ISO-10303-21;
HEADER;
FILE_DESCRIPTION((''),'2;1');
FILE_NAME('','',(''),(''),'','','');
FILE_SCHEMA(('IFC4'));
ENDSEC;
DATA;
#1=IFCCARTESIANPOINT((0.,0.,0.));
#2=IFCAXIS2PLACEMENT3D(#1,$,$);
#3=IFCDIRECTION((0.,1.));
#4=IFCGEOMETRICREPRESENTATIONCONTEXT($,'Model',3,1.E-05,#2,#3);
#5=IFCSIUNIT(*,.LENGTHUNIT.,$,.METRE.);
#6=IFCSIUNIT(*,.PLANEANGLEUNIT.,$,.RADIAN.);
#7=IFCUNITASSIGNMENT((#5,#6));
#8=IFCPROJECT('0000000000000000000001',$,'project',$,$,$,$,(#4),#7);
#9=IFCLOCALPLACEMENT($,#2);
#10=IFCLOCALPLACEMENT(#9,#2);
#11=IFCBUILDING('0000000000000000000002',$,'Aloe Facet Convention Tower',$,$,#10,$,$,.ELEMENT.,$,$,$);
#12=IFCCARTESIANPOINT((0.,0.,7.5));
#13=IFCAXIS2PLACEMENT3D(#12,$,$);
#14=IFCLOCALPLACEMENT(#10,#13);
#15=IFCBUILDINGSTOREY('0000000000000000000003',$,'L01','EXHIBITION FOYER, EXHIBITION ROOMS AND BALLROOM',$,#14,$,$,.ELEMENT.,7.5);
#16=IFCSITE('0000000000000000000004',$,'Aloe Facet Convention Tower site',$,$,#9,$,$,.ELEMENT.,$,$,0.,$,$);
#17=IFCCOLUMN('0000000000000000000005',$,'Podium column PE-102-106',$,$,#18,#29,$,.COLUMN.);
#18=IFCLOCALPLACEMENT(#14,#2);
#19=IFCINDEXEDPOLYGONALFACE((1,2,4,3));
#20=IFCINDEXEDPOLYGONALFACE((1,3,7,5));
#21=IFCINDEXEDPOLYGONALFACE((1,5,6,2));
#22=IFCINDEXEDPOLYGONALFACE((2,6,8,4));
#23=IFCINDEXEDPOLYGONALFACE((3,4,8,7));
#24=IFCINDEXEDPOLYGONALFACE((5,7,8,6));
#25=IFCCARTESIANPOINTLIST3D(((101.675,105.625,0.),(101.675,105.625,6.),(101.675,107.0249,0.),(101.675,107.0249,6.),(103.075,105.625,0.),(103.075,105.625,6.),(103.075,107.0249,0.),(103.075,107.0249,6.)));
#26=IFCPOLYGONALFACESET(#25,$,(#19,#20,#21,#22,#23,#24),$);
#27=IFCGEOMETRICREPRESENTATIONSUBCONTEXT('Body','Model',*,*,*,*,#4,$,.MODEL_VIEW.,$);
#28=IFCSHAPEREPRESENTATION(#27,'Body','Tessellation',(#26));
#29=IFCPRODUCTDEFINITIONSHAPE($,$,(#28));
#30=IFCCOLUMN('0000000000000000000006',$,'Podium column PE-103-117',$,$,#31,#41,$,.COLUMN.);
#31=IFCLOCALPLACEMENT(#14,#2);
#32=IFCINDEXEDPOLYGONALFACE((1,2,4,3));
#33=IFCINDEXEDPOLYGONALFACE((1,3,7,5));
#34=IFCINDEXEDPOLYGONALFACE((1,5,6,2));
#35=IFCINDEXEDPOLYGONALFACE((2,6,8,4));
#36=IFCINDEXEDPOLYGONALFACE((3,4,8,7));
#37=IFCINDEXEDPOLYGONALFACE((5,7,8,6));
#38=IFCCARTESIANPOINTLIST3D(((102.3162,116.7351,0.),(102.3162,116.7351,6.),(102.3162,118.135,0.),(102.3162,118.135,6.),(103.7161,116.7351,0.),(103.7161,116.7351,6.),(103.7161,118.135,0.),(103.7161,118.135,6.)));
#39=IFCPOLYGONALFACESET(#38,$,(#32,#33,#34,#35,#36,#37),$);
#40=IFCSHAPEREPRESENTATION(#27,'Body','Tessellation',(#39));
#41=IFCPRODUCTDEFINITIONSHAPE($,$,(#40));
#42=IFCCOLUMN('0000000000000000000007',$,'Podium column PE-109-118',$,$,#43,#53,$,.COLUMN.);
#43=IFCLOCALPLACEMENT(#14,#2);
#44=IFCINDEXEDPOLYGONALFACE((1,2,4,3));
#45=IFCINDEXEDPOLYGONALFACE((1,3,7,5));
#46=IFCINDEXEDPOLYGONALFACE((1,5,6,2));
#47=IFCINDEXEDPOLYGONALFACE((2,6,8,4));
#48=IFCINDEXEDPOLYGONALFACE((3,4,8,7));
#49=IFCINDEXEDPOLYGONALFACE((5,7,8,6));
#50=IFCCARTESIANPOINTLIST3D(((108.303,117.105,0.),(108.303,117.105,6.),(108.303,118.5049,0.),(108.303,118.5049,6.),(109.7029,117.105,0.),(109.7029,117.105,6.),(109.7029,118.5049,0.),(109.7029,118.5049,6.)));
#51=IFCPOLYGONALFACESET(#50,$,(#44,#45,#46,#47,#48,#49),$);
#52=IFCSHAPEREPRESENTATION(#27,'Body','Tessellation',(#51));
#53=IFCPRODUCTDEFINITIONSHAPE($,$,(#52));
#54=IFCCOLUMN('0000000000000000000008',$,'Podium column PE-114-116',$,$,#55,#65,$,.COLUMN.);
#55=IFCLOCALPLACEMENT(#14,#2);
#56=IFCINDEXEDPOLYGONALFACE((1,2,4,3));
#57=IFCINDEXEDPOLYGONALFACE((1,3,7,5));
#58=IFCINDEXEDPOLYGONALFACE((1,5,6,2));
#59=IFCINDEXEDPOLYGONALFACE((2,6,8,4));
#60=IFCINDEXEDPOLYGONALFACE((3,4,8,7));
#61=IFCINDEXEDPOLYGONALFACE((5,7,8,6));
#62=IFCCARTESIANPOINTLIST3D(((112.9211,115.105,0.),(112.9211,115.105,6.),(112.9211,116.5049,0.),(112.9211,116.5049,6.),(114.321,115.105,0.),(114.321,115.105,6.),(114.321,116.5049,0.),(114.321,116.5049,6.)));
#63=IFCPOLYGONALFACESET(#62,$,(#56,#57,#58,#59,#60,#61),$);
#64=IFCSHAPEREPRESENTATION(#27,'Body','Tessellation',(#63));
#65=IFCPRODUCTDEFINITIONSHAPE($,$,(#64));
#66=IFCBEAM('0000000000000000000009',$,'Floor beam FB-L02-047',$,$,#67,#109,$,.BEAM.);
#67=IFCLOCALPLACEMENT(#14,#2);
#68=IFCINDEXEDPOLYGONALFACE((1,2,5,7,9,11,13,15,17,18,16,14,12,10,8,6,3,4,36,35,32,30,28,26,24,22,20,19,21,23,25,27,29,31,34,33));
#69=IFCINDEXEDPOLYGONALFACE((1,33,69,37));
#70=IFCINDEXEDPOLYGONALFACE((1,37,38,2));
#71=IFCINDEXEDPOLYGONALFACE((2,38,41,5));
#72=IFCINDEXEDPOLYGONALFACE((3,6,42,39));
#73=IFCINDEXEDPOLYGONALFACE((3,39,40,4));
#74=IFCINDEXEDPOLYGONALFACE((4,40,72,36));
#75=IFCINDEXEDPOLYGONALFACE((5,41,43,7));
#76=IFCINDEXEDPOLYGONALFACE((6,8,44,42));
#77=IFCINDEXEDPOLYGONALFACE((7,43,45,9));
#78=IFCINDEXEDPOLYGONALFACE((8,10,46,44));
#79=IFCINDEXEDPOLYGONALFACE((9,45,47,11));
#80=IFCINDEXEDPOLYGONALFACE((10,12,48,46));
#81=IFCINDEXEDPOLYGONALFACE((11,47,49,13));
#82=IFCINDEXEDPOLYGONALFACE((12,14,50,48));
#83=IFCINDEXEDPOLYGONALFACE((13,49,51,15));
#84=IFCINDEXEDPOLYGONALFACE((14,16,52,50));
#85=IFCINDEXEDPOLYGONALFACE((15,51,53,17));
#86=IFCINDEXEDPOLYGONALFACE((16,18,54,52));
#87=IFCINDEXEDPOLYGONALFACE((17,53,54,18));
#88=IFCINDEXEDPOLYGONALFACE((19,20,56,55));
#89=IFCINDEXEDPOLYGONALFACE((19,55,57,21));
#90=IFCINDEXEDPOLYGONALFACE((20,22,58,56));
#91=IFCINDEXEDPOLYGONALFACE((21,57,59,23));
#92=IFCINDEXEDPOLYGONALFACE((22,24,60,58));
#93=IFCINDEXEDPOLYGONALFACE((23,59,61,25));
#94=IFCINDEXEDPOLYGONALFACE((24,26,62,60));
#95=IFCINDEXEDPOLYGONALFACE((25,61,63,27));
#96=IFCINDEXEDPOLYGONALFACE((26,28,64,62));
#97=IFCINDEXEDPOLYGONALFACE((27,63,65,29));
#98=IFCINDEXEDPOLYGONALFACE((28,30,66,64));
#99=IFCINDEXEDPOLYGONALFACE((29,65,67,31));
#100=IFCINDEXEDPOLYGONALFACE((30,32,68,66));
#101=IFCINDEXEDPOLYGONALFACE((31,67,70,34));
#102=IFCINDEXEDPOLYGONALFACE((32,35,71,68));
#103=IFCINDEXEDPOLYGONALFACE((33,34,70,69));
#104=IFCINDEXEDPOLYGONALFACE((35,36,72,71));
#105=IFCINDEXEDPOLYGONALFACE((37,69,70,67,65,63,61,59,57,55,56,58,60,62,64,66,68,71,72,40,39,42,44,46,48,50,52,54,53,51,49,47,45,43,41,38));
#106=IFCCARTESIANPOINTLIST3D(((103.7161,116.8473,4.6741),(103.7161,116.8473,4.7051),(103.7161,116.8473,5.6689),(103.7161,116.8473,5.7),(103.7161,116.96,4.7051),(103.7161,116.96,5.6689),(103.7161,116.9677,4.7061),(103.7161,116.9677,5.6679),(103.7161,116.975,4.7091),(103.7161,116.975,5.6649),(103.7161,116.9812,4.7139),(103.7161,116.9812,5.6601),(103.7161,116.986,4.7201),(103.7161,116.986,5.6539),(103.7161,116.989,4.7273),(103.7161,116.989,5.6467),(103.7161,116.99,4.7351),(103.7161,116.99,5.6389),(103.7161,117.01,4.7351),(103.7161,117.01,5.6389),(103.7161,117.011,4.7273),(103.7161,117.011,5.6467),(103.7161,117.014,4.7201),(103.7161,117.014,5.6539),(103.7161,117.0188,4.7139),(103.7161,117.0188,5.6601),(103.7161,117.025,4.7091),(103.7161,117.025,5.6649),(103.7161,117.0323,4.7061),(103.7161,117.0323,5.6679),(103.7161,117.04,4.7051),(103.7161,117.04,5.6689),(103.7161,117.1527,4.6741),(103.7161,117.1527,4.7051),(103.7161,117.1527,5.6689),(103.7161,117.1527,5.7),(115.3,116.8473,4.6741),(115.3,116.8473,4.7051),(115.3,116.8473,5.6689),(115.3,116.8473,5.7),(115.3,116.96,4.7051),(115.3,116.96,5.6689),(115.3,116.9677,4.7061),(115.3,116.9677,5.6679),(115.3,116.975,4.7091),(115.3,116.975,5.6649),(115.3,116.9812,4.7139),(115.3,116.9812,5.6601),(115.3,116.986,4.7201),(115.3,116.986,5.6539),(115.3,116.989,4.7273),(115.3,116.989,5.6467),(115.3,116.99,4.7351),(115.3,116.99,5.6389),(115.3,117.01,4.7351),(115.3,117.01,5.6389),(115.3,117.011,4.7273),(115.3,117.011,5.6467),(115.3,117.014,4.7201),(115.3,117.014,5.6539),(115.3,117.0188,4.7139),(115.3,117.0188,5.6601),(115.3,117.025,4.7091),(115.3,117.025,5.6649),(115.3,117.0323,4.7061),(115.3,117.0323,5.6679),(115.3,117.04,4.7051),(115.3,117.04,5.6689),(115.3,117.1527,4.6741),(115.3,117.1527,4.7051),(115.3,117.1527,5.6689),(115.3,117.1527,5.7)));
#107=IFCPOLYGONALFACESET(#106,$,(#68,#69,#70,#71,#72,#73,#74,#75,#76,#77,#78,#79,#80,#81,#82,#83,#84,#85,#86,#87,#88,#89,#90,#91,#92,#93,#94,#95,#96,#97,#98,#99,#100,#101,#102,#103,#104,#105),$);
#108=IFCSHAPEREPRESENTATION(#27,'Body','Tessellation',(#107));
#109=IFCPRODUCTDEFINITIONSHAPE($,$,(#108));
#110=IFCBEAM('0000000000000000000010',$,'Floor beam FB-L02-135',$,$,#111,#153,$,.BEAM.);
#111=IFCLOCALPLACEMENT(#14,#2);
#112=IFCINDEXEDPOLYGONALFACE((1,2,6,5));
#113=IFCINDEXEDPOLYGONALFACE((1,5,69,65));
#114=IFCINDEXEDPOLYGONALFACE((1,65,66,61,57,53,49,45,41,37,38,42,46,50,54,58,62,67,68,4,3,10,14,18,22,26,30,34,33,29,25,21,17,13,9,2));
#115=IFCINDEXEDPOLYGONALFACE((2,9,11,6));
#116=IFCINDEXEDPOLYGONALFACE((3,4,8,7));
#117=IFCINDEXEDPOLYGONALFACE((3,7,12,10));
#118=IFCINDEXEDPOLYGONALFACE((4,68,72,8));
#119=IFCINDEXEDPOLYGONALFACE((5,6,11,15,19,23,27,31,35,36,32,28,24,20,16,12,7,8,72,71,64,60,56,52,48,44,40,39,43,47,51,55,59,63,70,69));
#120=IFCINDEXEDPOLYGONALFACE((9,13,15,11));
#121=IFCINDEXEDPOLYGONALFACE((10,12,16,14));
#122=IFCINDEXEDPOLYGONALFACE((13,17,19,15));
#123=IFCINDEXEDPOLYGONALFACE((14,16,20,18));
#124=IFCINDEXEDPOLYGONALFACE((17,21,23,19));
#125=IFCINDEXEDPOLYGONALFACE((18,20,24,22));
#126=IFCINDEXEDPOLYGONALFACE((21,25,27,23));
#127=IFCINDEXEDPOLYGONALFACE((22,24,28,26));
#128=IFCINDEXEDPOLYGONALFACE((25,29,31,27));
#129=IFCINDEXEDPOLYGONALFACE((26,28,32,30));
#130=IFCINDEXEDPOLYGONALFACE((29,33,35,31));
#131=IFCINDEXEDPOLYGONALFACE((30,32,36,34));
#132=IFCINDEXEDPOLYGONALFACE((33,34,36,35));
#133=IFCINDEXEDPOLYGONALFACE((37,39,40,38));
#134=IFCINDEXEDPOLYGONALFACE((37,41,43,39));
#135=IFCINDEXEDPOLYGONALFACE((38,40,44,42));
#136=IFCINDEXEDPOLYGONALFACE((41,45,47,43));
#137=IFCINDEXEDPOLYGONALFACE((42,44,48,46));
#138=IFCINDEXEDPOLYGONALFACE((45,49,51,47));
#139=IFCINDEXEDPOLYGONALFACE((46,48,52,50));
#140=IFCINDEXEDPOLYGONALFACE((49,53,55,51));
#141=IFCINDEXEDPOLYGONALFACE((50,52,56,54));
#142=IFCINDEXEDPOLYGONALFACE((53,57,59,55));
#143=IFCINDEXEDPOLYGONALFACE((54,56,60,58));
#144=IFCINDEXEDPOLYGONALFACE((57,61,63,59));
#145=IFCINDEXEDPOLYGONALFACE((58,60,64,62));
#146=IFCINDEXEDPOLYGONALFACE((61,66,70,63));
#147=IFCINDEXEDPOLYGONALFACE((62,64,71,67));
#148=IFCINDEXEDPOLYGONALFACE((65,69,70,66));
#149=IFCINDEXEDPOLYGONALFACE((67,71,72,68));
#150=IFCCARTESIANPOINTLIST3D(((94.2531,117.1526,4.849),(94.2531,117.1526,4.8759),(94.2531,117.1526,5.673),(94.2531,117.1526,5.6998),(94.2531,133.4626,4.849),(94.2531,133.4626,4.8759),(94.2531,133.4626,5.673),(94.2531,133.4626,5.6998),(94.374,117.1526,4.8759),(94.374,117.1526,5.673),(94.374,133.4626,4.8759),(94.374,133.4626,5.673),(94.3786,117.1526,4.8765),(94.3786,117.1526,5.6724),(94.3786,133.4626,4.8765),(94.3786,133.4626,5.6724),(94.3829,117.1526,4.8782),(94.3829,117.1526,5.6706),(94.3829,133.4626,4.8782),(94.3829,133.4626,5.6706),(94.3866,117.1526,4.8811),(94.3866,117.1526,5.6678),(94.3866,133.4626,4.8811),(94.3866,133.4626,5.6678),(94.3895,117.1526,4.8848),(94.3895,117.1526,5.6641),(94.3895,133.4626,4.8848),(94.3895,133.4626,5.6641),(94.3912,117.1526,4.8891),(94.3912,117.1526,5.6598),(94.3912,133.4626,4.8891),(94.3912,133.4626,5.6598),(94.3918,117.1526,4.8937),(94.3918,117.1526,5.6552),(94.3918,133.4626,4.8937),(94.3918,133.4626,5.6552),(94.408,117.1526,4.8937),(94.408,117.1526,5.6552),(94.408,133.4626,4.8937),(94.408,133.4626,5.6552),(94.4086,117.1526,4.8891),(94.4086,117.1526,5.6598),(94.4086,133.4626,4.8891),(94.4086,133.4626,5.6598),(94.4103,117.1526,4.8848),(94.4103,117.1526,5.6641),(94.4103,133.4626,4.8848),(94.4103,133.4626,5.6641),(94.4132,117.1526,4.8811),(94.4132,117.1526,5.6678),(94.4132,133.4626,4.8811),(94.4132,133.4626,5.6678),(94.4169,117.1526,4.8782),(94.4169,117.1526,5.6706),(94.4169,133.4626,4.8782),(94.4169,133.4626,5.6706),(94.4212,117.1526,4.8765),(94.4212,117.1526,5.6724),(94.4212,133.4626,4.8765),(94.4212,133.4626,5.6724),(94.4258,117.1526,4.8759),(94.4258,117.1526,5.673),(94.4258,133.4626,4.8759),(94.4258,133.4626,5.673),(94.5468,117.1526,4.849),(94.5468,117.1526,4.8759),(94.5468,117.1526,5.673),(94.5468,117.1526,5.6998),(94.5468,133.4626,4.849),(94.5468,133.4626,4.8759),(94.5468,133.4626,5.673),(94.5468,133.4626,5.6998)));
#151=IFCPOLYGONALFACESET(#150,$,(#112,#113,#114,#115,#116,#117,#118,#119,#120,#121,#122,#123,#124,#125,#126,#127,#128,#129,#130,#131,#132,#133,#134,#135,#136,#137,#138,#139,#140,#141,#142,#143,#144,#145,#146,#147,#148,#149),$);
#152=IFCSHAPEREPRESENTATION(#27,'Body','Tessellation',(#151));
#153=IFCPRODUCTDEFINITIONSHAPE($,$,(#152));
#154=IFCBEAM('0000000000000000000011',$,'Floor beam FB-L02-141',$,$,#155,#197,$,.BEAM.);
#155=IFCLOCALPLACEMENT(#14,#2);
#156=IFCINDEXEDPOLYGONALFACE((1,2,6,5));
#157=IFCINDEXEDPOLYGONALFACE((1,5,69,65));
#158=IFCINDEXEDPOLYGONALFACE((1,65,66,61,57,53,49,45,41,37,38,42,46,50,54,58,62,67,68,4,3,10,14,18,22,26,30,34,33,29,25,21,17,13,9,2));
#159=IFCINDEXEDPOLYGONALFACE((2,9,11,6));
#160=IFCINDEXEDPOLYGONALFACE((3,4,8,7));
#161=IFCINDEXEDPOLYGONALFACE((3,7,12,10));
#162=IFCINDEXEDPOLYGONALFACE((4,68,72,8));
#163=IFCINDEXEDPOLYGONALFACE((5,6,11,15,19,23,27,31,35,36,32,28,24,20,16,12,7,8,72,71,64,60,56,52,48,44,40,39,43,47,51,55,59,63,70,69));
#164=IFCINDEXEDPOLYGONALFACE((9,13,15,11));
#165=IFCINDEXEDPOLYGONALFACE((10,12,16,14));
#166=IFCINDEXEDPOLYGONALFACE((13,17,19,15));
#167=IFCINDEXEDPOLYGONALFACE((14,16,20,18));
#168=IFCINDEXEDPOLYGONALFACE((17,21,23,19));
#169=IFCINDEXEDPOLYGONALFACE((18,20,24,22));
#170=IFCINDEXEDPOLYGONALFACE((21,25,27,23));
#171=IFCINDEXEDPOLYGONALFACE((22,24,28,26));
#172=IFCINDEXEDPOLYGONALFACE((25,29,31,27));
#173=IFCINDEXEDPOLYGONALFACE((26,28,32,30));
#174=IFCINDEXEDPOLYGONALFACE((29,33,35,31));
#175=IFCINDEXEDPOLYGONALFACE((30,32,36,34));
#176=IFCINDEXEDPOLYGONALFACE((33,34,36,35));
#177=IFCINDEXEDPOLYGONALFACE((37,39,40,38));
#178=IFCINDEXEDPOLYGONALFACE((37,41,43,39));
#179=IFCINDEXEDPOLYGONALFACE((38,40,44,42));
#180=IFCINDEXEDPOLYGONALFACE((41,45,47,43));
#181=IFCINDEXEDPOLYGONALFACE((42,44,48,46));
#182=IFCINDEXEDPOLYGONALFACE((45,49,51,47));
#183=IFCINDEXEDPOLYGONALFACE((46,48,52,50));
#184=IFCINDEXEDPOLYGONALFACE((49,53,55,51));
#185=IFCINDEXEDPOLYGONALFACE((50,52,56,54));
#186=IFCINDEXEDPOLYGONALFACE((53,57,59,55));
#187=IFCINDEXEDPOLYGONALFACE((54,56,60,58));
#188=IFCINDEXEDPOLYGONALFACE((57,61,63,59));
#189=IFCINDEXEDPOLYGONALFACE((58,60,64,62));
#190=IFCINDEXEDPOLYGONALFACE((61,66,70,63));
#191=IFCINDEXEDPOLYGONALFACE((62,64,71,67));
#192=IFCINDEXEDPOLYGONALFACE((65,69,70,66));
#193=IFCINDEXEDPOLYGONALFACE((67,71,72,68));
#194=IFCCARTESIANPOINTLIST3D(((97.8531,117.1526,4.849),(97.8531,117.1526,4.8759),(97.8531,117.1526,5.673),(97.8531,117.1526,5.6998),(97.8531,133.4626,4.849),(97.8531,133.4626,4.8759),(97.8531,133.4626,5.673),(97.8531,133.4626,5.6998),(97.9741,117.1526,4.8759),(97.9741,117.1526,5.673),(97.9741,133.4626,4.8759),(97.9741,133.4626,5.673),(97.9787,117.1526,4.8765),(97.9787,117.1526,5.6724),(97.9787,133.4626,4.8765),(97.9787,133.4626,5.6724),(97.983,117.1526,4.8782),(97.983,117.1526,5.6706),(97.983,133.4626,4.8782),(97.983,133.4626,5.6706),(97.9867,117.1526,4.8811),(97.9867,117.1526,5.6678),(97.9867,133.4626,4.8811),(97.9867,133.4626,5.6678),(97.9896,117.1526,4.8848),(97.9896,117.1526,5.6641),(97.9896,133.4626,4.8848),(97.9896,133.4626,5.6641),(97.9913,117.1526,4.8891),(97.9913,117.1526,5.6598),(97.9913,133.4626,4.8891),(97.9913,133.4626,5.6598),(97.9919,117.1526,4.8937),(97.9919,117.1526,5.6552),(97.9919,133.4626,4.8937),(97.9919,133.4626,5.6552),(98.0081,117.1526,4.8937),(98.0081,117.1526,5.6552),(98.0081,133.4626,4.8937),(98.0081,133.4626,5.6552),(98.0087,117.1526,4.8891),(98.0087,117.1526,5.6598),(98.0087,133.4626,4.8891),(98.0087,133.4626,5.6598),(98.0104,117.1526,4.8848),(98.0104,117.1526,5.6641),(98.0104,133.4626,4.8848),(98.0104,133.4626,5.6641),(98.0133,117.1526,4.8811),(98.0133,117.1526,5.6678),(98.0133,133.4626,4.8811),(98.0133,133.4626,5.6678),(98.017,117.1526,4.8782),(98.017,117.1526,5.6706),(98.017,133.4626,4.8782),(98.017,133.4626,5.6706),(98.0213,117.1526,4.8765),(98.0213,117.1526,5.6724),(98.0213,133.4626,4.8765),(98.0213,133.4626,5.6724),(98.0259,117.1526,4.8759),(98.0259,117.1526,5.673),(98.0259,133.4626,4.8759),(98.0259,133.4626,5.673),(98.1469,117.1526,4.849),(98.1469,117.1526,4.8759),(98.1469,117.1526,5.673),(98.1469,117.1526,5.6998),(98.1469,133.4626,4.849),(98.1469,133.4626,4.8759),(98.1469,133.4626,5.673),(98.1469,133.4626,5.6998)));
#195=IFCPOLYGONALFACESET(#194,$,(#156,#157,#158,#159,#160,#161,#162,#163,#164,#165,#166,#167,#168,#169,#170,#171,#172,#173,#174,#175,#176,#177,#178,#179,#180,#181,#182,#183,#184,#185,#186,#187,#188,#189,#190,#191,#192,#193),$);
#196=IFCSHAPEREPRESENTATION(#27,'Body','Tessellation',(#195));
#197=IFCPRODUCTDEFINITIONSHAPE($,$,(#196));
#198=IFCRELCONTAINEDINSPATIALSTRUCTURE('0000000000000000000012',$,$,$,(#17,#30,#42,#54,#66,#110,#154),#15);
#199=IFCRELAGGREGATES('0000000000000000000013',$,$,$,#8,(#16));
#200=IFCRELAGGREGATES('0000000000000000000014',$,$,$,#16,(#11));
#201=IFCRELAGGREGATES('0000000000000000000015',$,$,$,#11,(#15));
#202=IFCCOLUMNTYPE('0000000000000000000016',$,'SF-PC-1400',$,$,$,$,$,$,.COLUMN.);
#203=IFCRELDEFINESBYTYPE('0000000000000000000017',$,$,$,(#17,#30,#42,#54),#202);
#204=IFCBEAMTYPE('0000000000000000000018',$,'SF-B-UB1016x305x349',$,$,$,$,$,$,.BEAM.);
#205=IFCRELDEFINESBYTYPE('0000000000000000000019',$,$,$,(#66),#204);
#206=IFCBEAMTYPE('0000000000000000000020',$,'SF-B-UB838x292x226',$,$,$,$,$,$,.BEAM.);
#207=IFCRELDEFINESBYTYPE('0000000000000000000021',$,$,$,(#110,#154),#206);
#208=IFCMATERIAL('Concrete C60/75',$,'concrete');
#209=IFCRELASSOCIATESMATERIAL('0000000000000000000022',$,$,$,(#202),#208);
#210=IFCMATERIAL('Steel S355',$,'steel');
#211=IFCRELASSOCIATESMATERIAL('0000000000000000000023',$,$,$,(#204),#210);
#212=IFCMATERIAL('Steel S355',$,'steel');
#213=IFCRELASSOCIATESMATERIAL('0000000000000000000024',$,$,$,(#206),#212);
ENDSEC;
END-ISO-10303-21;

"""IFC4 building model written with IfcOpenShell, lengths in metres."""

from ifc_helpers import new_model, si_unit, direction, frame, origin, origin_2d, place, context, subcontext, project, spatial, rectangle, i_section, extrude, material, material_profile, profile_set, type_object, element, save


model = new_model("IFC4")

# Units and contexts
model_context = context("Model", 3, precision=1e-05, world=origin(), true_north=direction((0.0, 1.0)))
body_context = subcontext(model_context, "Body", "Model", "MODEL_VIEW")
ifc_project = project(units=[si_unit("LENGTHUNIT", "METRE"), si_unit("PLANEANGLEUNIT", "RADIAN")], contexts=[model_context])

# Site, building, storey
site_placement = place(None, origin())
site = spatial("IfcSite", under=ifc_project, at=site_placement, Name="Aloe Facet Convention Tower site", CompositionType="ELEMENT", RefElevation=0.0)
building_placement = place(site_placement, origin())
building = spatial("IfcBuilding", under=site, at=building_placement, Name="Aloe Facet Convention Tower", CompositionType="ELEMENT")
storey_placement = place(building_placement, frame((0.0, 0.0, 7.5)))
storey = spatial("IfcBuildingStorey", under=building, at=storey_placement, Name="L01", Description="EXHIBITION FOYER, EXHIBITION ROOMS AND BALLROOM", CompositionType="ELEMENT", Elevation=7.5)

# Columns
ifc_material_1 = material(Name="Concrete C60/75", Category="concrete")
ifc_material_profile_1 = material_profile(ifc_material_1, rectangle(XDim=1.3999, YDim=1.3999, at=origin_2d()), Name="SF-PC-1400")
ifc_profile_set_1 = profile_set([ifc_material_profile_1], Name="Concrete C60/75")
column_type = type_object("IfcColumnType", Name="SF-PC-1400", PredefinedType="COLUMN", material=ifc_profile_set_1)
for number, where, z_axis, x_axis, name in (
    (1, (102.375, 106.325, 0.0), (0.0, 0.0, 1.0), (1.0, 0.0, 0.0), "Podium column PE-102-106"),
    (2, (103.0161, 117.4351, 0.0), (0.0, 0.0, 1.0), (1.0, 0.0, 0.0), "Podium column PE-103-117"),
    (3, (109.0029, 117.8049, 0.0), (0.0, 0.0, 1.0), (1.0, 0.0, 0.0), "Podium column PE-109-118"),
    (4, (113.6211, 115.8049, 0.0), (0.0, 0.0, 1.0), (1.0, 0.0, 0.0), "Podium column PE-114-116"),
):
    element("IfcColumn", number, at=place(storey_placement, frame(where, z_axis=z_axis, x_axis=x_axis)), inside=storey, type_object=column_type, Name=name, PredefinedType="COLUMN", context=body_context, shape_type="SweptSolid", body=[
        extrude(rectangle(XDim=1.3999, YDim=1.3999, at=origin_2d()), origin(), (0.0, 0.0, 1.0), 6.0),
    ])

# Beams
ifc_material_2 = material(Name="Steel S355", Category="steel")
ifc_material_profile_2 = material_profile(ifc_material_2, i_section(OverallWidth=0.3054, OverallDepth=1.0259, WebThickness=0.02, FlangeThickness=0.031, FilletRadius=0.03, at=origin_2d()), Name="UB 1016x305x349")
ifc_profile_set_2 = profile_set([ifc_material_profile_2], Name="Steel S355")
beam_type_1 = type_object("IfcBeamType", Name="SF-B-UB1016x305x349", PredefinedType="BEAM", material=ifc_profile_set_2)
beam_1_placement = place(storey_placement, frame((103.7161, 117.0, 5.187), z_axis=(1.0, 0.0, 0.0), x_axis=(0.0, 1.0, 0.0)))
element("IfcBeam", 5, at=beam_1_placement, inside=storey, type_object=beam_type_1, Name="Floor beam FB-L02-047", PredefinedType="BEAM", context=body_context, shape_type="SweptSolid", body=[
    extrude(i_section(OverallWidth=0.3054, OverallDepth=1.0259, WebThickness=0.02, FlangeThickness=0.031, FilletRadius=0.03, at=origin_2d()), origin(), (0.0, 0.0, 1.0), 11.584),
])
ifc_material_3 = material(Name="Steel S355", Category="steel")
ifc_material_profile_3 = material_profile(ifc_material_3, i_section(OverallWidth=0.2937, OverallDepth=0.8508, WebThickness=0.0161, FlangeThickness=0.0269, FilletRadius=0.0178, at=origin_2d()), Name="UB 838x292x226")
ifc_profile_set_3 = profile_set([ifc_material_profile_3], Name="Steel S355")
beam_type_2 = type_object("IfcBeamType", Name="SF-B-UB838x292x226", PredefinedType="BEAM", material=ifc_profile_set_3)
for number, where, z_axis, x_axis, name in (
    (6, (94.3999, 117.1526, 5.2744), (0.0, 1.0, 0.0), (-1.0, 0.0, 0.0), "Floor beam FB-L02-135"),
    (7, (98.0, 117.1526, 5.2744), (0.0, 1.0, 0.0), (-1.0, 0.0, 0.0), "Floor beam FB-L02-141"),
):
    element("IfcBeam", number, at=place(storey_placement, frame(where, z_axis=z_axis, x_axis=x_axis)), inside=storey, type_object=beam_type_2, Name=name, PredefinedType="BEAM", context=body_context, shape_type="SweptSolid", body=[
        extrude(i_section(OverallWidth=0.2937, OverallDepth=0.8508, WebThickness=0.0161, FlangeThickness=0.0269, FilletRadius=0.0178, at=origin_2d()), origin(), (0.0, 0.0, 1.0), 16.3101),
    ])

save(model, "model.ifc")
